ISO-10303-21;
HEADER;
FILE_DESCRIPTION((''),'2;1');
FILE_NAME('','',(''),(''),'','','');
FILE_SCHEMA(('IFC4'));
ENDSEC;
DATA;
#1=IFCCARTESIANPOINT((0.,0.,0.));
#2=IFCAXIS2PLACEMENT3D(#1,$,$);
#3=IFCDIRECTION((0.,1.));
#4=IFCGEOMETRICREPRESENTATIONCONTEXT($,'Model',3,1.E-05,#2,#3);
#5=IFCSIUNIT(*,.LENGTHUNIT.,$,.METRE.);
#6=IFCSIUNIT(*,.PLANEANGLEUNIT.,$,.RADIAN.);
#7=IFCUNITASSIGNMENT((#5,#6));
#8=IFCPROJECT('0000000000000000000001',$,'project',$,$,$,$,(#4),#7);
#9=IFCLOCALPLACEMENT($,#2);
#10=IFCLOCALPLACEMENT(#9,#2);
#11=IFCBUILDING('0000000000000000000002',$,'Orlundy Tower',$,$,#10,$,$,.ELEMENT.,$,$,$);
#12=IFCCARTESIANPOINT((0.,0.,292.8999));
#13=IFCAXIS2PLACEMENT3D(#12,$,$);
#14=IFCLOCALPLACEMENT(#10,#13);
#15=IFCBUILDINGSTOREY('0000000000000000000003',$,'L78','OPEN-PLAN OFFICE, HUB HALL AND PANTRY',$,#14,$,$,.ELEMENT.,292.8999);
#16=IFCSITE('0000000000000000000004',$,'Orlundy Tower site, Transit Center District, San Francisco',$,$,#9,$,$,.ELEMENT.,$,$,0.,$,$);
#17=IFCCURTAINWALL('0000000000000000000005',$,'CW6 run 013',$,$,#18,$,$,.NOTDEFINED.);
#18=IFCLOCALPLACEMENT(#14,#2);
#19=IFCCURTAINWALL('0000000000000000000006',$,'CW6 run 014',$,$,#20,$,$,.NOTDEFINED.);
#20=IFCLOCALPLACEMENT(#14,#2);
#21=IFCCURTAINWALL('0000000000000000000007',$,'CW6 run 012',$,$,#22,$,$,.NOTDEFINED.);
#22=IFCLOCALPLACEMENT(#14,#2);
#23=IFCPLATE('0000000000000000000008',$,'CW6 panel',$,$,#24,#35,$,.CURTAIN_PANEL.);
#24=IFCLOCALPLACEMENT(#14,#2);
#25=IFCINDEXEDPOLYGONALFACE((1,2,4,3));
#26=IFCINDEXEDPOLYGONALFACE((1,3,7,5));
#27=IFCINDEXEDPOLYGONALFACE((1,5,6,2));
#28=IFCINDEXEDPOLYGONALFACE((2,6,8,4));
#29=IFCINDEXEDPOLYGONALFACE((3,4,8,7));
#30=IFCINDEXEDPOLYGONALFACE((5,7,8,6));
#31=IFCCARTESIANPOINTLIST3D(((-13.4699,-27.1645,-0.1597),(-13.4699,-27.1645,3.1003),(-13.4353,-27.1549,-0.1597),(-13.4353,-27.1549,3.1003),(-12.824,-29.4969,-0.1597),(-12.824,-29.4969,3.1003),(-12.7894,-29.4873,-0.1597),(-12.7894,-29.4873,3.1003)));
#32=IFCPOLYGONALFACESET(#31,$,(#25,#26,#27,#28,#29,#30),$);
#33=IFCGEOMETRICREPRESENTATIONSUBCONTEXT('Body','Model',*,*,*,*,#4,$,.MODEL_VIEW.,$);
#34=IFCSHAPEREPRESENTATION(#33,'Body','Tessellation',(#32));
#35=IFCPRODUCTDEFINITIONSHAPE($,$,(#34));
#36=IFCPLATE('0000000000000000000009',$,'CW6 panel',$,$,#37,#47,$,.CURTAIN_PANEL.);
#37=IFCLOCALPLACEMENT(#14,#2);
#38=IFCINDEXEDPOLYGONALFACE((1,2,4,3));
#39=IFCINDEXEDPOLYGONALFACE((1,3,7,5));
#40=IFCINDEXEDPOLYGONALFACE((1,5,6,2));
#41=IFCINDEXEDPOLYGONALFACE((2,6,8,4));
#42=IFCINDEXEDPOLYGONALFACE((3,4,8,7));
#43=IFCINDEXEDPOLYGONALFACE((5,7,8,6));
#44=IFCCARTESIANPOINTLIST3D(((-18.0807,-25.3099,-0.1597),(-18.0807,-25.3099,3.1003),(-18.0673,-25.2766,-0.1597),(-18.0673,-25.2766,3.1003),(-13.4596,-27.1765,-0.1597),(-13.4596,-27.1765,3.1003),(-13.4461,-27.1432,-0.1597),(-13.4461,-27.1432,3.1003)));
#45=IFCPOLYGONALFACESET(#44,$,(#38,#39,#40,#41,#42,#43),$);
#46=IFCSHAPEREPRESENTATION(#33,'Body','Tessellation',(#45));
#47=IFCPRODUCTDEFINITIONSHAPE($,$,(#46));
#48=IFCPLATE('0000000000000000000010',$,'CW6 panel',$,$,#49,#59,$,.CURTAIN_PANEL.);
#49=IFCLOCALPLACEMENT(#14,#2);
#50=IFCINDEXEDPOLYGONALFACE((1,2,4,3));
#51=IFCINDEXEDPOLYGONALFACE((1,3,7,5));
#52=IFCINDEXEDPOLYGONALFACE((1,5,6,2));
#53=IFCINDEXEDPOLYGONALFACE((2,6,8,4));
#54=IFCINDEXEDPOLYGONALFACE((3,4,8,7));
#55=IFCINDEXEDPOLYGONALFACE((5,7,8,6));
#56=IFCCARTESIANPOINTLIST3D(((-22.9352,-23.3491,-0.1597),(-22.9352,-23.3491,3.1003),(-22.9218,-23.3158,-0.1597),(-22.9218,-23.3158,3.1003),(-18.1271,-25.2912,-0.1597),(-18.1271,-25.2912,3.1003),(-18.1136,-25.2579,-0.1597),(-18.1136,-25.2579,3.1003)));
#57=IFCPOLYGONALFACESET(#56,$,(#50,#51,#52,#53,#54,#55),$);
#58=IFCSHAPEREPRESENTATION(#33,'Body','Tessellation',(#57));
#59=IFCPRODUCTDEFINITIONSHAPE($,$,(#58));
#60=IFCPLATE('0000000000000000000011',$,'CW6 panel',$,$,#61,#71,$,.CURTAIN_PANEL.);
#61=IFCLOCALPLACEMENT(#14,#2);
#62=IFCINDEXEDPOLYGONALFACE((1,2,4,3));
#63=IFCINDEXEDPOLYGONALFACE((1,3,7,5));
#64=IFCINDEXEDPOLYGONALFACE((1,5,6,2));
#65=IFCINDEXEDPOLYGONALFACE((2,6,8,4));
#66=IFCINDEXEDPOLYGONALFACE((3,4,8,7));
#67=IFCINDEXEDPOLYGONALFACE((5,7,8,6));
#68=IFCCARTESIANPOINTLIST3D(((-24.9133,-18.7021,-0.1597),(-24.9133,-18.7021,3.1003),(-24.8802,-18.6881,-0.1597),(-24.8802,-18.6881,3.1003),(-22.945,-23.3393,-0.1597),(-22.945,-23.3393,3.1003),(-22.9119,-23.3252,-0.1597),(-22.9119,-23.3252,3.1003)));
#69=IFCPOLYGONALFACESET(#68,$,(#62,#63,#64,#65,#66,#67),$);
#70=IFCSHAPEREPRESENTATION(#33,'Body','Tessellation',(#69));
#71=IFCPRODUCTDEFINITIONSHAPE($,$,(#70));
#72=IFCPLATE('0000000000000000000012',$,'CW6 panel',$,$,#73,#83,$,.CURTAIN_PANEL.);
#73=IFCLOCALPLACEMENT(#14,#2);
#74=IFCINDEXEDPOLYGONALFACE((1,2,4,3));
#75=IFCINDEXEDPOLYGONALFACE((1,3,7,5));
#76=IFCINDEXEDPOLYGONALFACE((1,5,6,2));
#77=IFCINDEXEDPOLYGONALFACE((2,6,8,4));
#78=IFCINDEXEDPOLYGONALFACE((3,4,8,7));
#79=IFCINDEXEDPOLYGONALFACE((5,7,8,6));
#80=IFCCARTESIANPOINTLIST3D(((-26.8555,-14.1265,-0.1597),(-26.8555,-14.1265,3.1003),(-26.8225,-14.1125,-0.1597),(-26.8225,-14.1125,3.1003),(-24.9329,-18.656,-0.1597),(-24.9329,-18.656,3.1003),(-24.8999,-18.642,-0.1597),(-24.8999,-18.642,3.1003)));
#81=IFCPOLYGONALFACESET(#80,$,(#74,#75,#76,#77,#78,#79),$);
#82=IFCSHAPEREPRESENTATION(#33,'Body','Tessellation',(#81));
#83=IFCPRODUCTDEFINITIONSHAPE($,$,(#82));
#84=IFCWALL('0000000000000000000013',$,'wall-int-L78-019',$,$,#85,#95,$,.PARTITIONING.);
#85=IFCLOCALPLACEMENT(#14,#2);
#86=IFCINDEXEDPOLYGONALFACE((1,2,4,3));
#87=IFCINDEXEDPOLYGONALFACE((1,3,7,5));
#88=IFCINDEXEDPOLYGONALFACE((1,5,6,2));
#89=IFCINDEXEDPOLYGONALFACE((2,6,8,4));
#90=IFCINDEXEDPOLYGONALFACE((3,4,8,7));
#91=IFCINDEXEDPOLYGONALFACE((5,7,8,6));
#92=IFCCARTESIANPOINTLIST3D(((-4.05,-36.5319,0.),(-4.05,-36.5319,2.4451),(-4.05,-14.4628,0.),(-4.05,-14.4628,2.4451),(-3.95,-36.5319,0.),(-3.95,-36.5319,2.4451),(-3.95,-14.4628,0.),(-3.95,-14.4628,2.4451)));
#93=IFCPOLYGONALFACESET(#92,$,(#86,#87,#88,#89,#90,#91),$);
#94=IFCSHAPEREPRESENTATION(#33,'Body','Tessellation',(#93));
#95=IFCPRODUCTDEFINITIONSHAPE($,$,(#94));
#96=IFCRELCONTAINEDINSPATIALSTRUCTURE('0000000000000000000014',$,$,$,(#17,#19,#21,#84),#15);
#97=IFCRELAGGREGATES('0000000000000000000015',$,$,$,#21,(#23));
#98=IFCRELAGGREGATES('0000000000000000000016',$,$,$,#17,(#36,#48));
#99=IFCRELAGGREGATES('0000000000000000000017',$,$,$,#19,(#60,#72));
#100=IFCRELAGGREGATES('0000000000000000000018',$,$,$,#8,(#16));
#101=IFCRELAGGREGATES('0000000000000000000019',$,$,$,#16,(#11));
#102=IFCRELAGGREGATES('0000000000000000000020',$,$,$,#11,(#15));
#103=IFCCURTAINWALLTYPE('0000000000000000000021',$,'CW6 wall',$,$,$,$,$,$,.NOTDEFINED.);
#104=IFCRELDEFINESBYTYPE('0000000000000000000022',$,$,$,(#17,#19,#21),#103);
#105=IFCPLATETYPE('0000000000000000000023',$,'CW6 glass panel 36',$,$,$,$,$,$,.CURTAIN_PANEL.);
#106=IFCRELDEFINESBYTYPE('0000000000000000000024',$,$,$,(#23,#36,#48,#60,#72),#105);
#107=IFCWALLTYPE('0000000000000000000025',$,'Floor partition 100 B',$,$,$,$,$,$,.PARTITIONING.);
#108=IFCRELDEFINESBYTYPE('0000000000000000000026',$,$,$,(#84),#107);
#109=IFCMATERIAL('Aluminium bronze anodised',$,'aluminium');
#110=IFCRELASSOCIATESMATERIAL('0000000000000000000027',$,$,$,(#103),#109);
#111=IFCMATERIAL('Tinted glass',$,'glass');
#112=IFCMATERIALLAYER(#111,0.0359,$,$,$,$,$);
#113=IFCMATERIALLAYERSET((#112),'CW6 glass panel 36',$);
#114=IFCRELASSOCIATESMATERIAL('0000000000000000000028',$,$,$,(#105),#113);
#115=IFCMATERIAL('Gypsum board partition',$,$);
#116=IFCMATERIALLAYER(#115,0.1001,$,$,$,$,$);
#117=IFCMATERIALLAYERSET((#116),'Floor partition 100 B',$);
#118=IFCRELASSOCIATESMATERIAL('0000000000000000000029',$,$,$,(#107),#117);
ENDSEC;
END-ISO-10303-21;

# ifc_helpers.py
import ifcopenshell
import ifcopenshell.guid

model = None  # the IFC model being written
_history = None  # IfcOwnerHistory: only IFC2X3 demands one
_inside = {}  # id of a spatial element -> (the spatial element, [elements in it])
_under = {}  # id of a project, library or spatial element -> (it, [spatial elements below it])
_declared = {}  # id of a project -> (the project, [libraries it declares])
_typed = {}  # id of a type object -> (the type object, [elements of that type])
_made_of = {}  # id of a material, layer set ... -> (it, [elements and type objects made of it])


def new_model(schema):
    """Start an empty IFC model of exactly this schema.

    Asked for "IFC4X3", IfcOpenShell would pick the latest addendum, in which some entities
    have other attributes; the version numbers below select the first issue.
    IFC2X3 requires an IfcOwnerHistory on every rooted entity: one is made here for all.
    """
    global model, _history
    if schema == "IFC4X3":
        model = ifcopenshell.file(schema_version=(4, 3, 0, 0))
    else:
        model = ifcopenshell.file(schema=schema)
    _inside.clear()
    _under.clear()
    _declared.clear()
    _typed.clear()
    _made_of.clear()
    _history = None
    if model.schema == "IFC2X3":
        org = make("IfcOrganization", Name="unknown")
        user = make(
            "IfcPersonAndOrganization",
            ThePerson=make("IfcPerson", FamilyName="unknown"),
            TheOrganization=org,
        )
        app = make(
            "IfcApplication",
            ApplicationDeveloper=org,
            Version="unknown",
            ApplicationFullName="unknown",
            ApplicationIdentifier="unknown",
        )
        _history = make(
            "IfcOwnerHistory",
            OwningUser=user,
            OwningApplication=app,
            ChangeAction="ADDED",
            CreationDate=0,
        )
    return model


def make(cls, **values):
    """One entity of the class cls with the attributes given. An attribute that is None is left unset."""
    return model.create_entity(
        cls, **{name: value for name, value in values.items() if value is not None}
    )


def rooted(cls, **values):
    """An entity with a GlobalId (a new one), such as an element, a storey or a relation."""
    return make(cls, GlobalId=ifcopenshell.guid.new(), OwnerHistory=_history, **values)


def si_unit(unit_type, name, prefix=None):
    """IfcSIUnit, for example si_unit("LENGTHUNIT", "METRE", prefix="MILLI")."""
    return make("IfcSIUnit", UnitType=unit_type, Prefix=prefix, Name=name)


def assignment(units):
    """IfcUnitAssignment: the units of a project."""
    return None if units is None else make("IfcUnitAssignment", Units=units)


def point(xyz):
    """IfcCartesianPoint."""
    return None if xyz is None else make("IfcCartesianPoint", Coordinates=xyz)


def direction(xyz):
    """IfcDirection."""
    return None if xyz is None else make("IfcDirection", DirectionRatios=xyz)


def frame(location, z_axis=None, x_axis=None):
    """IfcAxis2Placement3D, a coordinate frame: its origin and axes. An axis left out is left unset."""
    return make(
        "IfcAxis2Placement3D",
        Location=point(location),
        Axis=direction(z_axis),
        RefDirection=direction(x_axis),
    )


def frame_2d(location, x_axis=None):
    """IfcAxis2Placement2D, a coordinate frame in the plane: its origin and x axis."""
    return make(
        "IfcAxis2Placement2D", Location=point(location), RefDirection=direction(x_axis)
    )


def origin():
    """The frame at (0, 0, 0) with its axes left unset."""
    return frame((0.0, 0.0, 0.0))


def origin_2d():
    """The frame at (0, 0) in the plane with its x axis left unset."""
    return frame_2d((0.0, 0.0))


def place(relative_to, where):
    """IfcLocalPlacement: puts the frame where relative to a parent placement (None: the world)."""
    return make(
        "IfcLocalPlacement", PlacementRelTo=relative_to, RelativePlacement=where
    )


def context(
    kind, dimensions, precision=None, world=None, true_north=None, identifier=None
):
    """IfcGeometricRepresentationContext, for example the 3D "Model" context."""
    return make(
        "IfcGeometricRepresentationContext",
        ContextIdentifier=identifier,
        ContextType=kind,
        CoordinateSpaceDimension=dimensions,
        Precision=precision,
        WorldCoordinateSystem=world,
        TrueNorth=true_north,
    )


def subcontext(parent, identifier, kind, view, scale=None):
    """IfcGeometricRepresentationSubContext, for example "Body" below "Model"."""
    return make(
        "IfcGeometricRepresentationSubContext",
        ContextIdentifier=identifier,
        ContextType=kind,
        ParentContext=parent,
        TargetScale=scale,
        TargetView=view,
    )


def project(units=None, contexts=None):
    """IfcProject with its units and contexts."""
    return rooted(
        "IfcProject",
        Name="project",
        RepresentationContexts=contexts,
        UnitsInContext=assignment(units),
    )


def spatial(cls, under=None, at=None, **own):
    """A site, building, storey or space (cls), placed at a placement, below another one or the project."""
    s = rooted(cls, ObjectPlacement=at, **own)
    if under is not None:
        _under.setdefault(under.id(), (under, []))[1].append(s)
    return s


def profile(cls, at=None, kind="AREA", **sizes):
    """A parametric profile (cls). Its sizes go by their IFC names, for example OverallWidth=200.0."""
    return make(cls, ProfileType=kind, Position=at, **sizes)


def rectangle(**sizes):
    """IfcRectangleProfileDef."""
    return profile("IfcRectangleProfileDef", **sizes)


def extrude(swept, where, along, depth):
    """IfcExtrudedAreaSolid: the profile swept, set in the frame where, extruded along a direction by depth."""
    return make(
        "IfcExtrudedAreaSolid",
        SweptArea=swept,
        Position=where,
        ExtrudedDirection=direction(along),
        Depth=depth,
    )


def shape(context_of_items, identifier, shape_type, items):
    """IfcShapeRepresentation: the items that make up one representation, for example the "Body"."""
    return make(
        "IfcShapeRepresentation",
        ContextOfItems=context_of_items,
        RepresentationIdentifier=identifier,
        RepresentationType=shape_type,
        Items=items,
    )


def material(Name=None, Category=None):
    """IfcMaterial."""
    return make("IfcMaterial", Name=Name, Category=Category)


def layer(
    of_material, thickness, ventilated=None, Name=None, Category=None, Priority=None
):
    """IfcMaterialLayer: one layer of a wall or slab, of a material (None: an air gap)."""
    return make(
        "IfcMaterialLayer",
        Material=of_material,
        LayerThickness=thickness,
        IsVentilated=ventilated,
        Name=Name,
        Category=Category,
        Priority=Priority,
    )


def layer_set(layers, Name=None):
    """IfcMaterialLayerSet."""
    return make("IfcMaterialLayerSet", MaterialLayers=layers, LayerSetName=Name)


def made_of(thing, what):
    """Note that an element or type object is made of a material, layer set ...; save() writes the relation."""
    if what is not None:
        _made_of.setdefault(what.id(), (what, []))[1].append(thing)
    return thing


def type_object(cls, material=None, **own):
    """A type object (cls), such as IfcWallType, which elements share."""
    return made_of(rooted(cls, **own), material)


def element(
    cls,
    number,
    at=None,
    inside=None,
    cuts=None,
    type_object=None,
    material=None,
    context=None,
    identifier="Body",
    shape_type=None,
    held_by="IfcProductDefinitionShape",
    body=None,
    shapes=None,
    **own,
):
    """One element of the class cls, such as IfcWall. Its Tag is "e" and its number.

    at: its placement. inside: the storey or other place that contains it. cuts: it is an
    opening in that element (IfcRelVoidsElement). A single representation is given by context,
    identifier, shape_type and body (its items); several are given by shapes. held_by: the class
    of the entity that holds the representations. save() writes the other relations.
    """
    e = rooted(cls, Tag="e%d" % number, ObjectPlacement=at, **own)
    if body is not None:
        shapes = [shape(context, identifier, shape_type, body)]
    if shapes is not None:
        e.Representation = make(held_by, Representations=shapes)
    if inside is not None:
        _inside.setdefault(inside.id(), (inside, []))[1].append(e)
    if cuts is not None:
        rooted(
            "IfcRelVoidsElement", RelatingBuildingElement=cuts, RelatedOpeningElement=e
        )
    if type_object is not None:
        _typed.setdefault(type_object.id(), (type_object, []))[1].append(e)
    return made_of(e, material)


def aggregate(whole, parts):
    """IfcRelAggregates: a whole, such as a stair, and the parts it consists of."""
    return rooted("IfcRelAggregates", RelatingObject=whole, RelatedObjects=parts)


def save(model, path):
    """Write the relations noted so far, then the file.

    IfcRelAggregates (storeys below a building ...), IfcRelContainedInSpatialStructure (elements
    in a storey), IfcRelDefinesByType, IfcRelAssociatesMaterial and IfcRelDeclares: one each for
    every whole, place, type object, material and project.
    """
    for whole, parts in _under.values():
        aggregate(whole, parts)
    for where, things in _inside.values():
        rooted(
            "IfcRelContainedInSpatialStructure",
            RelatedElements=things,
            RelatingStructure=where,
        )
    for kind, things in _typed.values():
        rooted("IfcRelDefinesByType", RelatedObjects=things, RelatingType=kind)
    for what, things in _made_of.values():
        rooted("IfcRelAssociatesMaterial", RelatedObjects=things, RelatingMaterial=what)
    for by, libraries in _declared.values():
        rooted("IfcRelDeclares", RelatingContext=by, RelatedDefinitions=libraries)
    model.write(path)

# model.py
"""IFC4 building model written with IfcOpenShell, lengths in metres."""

from ifc_helpers import new_model, si_unit, direction, frame, frame_2d, origin, origin_2d, place, context, subcontext, project, spatial, rectangle, extrude, material, layer, layer_set, type_object, element, aggregate, save


model = new_model("IFC4")

# Units and contexts
model_context = context("Model", 3, precision=1e-05, world=origin(), true_north=direction((0.0, 1.0)))
body_context = subcontext(model_context, "Body", "Model", "MODEL_VIEW")
ifc_project = project(units=[si_unit("LENGTHUNIT", "METRE"), si_unit("PLANEANGLEUNIT", "RADIAN")], contexts=[model_context])

# Site, building, storey
site_placement = place(None, origin())
site = spatial("IfcSite", under=ifc_project, at=site_placement, Name="Orlundy Tower site, Transit Center District, San Francisco", CompositionType="ELEMENT", RefElevation=0.0)
building_placement = place(site_placement, origin())
building = spatial("IfcBuilding", under=site, at=building_placement, Name="Orlundy Tower", CompositionType="ELEMENT")
storey_placement = place(building_placement, frame((0.0, 0.0, 292.8999)))
storey = spatial("IfcBuildingStorey", under=building, at=storey_placement, Name="L78", Description="OPEN-PLAN OFFICE, HUB HALL AND PANTRY", CompositionType="ELEMENT", Elevation=292.8999)

# Curtain walls
ifc_material_1 = material(Name="Aluminium bronze anodised", Category="aluminium")
curtain_wall_type = type_object("IfcCurtainWallType", Name="CW6 wall", PredefinedType="NOTDEFINED", material=ifc_material_1)
curtain_wall_1_placement = place(storey_placement, origin())
curtain_wall_1 = element("IfcCurtainWall", 1, at=curtain_wall_1_placement, inside=storey, type_object=curtain_wall_type, Name="CW6 run 013", PredefinedType="NOTDEFINED")
curtain_wall_2_placement = place(storey_placement, origin())
curtain_wall_2 = element("IfcCurtainWall", 2, at=curtain_wall_2_placement, inside=storey, type_object=curtain_wall_type, Name="CW6 run 014", PredefinedType="NOTDEFINED")
curtain_wall_3_placement = place(storey_placement, origin())
curtain_wall_3 = element("IfcCurtainWall", 3, at=curtain_wall_3_placement, inside=storey, type_object=curtain_wall_type, Name="CW6 run 012", PredefinedType="NOTDEFINED")

# Plates
ifc_material_2 = material(Name="Tinted glass", Category="glass")
ifc_layer_1 = layer(ifc_material_2, 0.0359)
ifc_layer_set_1 = layer_set([ifc_layer_1], Name="CW6 glass panel 36")
plate_type = type_object("IfcPlateType", Name="CW6 glass panel 36", PredefinedType="CURTAIN_PANEL", material=ifc_layer_set_1)
plate_1_placement = place(storey_placement, frame((-13.1296, -28.3259, -0.1597), z_axis=(0.0, 0.0, 1.0), x_axis=(-0.26689, 0.963727, 0.0)))
plate_1 = element("IfcPlate", 4, at=plate_1_placement, type_object=plate_type, Name="CW6 panel", PredefinedType="CURTAIN_PANEL", context=body_context, shape_type="SweptSolid", body=[
    extrude(rectangle(XDim=2.4202, YDim=0.0359, at=origin_2d()), origin(), (0.0, 0.0, 1.0), 3.26),
])
aggregate(curtain_wall_3, [plate_1])
plate_2_placement = place(storey_placement, frame((-15.7634, -26.2266, -0.1597), z_axis=(0.0, 0.0, 1.0), x_axis=(-0.927218, 0.374521, 0.0)))
plate_2 = element("IfcPlate", 5, at=plate_2_placement, type_object=plate_type, Name="CW6 panel", PredefinedType="CURTAIN_PANEL", context=body_context, shape_type="SweptSolid", body=[
    extrude(rectangle(XDim=4.9839, YDim=0.0359, at=origin_2d()), origin(), (0.0, 0.0, 1.0), 3.26),
])
plate_3_placement = place(storey_placement, frame((-20.5244, -24.3035, -0.1597), z_axis=(0.0, 0.0, 1.0), x_axis=(-0.927218, 0.374521, 0.0)))
plate_3 = element("IfcPlate", 6, at=plate_3_placement, type_object=plate_type, Name="CW6 panel", PredefinedType="CURTAIN_PANEL", context=body_context, shape_type="SweptSolid", body=[
    extrude(rectangle(XDim=5.1855, YDim=0.0359, at=origin_2d()), origin(), (0.0, 0.0, 1.0), 3.26),
])
aggregate(curtain_wall_1, [plate_2, plate_3])
plate_4_placement = place(storey_placement, frame((-23.9126, -21.0137, -0.1597), z_axis=(0.0, 0.0, 1.0), x_axis=(-0.390727, 0.920507, 0.0)))
plate_4 = element("IfcPlate", 7, at=plate_4_placement, type_object=plate_type, Name="CW6 panel", PredefinedType="CURTAIN_PANEL", context=body_context, shape_type="SweptSolid", body=[
    extrude(rectangle(XDim=5.0376, YDim=0.0359, at=origin_2d()), origin(), (0.0, 0.0, 1.0), 3.26),
])
plate_5_placement = place(storey_placement, frame((-25.8777, -16.3843, -0.1597), z_axis=(0.0, 0.0, 1.0), x_axis=(-0.390727, 0.920507, 0.0)))
plate_5 = element("IfcPlate", 8, at=plate_5_placement, type_object=plate_type, Name="CW6 panel", PredefinedType="CURTAIN_PANEL", context=body_context, shape_type="SweptSolid", body=[
    extrude(rectangle(XDim=4.9207, YDim=0.0359, at=origin_2d()), origin(), (0.0, 0.0, 1.0), 3.26),
])
aggregate(curtain_wall_2, [plate_4, plate_5])

# Wall
ifc_material_3 = material(Name="Gypsum board partition")
ifc_layer_2 = layer(ifc_material_3, 0.1001)
ifc_layer_set_2 = layer_set([ifc_layer_2], Name="Floor partition 100 B")
wall_type_1 = type_object("IfcWallType", Name="Floor partition 100 B", PredefinedType="PARTITIONING", material=ifc_layer_set_2)
wall_1_placement = place(storey_placement, frame((-4.0, -36.532, 0.0), z_axis=(0.0, 0.0, 1.0), x_axis=(0.0, 1.0, 0.0)))
element("IfcWall", 9, at=wall_1_placement, inside=storey, type_object=wall_type_1, Name="wall-int-L78-019", PredefinedType="PARTITIONING", context=body_context, shape_type="SweptSolid", body=[
    extrude(rectangle(XDim=22.0691, YDim=0.1001, at=frame_2d((11.0347, 0.0))), origin(), (0.0, 0.0, 1.0), 2.4451),
])

save(model, "model.ifc")
